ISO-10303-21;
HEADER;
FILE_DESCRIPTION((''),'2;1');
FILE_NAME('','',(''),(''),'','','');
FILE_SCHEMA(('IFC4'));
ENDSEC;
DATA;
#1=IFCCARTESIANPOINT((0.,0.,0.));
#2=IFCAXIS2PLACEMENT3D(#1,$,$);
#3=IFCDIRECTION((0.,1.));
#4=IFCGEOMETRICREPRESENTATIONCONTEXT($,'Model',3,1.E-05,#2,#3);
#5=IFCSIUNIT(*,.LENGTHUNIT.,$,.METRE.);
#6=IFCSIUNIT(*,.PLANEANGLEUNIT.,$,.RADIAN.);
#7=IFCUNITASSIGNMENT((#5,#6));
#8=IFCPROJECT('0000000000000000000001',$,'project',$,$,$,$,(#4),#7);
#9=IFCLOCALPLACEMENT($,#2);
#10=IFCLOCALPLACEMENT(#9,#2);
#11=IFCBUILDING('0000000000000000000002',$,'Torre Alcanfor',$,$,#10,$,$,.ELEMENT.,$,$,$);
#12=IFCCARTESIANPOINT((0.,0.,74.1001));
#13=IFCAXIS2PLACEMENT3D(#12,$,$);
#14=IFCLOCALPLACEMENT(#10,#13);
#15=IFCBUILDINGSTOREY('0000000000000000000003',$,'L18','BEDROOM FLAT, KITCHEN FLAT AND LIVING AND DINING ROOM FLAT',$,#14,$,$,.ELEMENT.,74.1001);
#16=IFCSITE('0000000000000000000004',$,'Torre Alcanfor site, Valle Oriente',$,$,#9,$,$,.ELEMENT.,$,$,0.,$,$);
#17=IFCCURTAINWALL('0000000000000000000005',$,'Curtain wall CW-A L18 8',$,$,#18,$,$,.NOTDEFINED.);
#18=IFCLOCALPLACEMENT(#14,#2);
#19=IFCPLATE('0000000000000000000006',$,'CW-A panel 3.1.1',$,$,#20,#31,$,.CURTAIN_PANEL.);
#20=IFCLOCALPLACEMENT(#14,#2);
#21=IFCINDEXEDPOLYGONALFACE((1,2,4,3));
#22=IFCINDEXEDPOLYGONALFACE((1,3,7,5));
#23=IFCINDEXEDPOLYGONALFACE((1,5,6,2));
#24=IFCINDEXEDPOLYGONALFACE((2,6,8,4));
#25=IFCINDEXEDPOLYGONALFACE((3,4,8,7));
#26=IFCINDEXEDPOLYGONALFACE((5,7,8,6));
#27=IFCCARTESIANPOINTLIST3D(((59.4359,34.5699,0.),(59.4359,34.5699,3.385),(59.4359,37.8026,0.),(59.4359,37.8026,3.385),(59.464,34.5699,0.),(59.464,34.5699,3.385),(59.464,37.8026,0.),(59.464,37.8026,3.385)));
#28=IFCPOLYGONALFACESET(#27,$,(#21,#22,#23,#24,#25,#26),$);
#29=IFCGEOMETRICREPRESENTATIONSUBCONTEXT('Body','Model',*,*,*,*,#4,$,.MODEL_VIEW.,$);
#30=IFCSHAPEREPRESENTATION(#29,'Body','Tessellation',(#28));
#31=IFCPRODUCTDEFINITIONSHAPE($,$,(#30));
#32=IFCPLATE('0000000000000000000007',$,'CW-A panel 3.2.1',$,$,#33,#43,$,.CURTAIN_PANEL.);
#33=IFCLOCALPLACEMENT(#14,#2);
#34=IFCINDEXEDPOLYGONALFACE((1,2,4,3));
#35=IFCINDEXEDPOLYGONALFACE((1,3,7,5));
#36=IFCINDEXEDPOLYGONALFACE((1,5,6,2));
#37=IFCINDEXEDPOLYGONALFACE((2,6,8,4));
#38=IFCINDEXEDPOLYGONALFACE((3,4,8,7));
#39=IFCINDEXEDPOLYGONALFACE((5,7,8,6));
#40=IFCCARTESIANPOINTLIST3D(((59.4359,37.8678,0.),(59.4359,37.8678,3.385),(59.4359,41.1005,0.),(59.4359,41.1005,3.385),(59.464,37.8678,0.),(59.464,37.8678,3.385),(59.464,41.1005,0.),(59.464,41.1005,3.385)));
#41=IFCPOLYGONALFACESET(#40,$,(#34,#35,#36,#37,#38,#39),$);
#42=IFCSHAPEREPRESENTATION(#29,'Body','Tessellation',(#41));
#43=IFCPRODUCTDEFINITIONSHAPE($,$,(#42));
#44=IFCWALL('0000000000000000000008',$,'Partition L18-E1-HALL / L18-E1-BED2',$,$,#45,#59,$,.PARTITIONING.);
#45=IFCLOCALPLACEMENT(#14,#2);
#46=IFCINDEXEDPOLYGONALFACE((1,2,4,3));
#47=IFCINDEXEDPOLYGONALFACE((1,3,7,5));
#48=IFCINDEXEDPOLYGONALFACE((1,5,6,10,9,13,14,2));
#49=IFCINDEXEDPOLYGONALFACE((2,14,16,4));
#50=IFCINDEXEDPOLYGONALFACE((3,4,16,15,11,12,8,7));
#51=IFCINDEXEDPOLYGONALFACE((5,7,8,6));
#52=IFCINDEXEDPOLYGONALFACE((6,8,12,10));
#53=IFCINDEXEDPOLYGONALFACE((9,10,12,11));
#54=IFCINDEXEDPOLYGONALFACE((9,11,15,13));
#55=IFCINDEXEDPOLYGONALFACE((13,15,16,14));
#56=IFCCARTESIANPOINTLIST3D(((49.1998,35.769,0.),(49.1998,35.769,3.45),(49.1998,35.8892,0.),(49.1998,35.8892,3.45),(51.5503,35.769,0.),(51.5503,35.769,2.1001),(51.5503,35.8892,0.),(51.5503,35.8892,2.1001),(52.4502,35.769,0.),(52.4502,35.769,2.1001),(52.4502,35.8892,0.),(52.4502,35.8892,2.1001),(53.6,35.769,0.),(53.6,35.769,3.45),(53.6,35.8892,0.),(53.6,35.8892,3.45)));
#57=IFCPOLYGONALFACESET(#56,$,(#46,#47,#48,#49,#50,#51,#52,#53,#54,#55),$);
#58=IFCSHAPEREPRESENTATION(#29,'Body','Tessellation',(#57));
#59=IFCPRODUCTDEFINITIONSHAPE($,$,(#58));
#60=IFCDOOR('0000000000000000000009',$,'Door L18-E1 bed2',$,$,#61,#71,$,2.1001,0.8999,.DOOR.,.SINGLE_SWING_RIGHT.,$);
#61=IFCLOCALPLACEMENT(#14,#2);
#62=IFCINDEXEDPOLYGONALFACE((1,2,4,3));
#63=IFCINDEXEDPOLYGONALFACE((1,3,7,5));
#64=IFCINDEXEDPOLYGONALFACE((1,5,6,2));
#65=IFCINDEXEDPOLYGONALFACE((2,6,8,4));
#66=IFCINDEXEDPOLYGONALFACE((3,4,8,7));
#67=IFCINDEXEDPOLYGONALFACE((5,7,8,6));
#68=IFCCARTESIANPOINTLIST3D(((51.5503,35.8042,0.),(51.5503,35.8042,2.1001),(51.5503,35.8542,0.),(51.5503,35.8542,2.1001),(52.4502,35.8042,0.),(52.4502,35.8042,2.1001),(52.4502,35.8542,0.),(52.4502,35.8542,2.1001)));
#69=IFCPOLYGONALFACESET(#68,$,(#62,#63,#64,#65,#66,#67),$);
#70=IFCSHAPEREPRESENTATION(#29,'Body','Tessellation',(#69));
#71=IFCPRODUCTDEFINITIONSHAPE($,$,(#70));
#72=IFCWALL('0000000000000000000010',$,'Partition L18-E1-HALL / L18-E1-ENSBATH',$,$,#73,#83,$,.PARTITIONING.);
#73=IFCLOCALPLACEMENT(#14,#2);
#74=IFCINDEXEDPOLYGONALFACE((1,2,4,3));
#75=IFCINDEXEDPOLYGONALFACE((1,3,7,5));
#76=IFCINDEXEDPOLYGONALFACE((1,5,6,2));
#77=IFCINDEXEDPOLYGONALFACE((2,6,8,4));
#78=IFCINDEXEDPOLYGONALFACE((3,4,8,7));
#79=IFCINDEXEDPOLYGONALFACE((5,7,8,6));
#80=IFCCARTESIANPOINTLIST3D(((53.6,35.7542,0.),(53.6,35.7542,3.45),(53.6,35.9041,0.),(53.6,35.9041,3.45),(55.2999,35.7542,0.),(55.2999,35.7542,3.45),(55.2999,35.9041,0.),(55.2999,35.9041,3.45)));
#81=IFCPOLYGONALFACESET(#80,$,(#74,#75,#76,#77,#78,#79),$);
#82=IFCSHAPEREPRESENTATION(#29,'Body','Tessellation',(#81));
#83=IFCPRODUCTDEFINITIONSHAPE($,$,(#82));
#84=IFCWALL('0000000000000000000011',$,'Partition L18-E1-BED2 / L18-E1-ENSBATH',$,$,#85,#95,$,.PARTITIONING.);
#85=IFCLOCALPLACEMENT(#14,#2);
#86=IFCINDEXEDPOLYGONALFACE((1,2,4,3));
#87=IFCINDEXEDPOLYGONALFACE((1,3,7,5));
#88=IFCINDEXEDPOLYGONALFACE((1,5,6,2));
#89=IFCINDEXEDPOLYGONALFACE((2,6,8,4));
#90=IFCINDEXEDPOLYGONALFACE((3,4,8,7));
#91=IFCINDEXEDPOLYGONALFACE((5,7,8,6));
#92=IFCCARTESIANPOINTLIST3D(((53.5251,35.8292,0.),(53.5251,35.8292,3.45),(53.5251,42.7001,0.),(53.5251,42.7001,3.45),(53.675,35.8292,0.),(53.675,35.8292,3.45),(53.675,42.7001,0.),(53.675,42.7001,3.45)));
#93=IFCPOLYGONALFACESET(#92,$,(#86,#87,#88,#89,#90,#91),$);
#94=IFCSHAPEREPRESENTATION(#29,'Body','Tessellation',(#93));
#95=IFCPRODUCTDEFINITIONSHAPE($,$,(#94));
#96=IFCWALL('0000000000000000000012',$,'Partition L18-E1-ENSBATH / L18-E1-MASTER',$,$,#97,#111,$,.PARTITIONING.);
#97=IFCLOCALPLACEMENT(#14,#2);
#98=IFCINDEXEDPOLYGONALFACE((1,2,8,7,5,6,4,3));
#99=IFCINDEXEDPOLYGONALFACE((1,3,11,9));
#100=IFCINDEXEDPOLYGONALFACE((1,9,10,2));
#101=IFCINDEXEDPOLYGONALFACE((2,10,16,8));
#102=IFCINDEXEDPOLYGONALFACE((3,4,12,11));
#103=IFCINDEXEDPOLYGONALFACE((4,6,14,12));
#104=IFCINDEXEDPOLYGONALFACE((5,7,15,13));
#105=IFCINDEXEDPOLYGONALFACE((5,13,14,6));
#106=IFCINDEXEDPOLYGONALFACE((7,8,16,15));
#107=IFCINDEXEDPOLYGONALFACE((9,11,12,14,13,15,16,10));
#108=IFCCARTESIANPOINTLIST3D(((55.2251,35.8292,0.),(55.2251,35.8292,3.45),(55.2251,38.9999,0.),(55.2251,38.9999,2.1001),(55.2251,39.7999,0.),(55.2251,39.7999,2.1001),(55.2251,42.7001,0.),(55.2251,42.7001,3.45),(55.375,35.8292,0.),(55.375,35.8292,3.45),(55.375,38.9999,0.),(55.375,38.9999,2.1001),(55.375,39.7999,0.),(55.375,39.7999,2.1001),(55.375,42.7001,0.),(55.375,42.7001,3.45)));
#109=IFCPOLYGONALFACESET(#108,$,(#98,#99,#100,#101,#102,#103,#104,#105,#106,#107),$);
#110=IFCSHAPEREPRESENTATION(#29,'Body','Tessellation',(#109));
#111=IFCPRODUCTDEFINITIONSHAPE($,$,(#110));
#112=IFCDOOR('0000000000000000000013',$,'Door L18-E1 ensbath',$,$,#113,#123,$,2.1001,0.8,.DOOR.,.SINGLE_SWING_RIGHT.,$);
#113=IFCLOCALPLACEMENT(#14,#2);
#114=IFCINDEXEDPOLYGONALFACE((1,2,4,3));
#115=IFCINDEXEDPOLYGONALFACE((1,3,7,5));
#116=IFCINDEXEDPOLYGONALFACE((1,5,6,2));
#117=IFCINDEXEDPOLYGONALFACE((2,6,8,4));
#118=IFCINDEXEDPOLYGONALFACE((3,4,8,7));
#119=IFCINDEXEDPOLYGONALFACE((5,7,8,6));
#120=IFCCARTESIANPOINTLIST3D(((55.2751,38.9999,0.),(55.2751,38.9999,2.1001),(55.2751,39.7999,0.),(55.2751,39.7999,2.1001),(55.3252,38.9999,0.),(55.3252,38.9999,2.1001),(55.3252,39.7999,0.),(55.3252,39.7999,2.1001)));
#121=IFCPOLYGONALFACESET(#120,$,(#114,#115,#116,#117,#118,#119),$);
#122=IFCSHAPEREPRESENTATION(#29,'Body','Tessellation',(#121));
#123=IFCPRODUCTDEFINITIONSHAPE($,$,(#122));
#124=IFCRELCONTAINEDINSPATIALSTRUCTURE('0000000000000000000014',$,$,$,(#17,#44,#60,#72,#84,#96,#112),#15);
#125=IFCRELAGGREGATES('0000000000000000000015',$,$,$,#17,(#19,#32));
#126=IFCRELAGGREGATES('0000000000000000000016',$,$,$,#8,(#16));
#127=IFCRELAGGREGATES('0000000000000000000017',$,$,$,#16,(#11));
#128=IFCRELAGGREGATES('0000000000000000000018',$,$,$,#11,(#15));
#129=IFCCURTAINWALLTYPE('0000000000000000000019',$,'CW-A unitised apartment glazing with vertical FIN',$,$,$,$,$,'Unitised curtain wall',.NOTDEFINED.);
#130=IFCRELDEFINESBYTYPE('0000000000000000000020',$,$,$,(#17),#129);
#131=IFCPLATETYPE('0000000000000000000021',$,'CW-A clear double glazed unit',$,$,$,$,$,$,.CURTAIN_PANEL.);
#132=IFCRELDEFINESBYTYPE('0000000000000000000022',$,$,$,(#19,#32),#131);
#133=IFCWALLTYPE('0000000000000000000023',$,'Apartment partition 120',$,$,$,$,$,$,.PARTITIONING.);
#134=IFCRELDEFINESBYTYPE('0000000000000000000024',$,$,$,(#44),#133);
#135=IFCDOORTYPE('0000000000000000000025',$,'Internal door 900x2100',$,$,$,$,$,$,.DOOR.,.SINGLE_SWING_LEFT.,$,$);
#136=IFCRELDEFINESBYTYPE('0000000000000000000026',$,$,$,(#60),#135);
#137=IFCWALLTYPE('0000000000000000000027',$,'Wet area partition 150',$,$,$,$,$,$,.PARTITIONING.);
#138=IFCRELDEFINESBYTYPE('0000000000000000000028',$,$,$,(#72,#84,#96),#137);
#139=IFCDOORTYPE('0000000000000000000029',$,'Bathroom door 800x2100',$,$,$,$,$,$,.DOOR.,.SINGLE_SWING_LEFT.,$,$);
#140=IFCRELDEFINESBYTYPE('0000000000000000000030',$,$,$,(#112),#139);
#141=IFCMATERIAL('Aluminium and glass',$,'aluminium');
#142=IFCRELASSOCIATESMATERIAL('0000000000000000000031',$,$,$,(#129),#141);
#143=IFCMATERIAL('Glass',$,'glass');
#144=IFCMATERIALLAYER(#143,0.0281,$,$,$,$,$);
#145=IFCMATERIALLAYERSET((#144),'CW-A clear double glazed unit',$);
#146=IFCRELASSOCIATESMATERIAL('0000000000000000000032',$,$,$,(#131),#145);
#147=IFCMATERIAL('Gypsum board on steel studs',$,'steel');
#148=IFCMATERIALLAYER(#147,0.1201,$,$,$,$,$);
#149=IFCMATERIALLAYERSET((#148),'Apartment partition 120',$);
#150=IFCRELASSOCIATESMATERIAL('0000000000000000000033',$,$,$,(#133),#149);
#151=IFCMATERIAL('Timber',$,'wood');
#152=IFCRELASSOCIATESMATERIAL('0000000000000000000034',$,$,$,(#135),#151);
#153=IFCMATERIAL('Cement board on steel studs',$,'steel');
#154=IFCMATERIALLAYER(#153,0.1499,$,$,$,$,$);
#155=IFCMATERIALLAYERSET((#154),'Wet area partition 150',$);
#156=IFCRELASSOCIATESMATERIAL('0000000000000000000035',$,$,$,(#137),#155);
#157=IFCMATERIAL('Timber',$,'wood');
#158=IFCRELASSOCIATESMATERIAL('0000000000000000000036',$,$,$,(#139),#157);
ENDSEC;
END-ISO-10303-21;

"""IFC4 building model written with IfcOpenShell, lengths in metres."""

from ifc_helpers import new_model, si_unit, direction, frame, frame_2d, origin, origin_2d, place, context, subcontext, project, spatial, rectangle, extrude, material, layer, layer_set, type_object, element, fill, aggregate, save


model = new_model("IFC4")

# Units and contexts
model_context = context("Model", 3, precision=1e-05, world=origin(), true_north=direction((0.0, 1.0)))
body_context = subcontext(model_context, "Body", "Model", "MODEL_VIEW")
ifc_project = project(units=[si_unit("LENGTHUNIT", "METRE"), si_unit("PLANEANGLEUNIT", "RADIAN")], contexts=[model_context])

# Site, building, storey
site_placement = place(None, origin())
site = spatial("IfcSite", under=ifc_project, at=site_placement, Name="Torre Alcanfor site, Valle Oriente", CompositionType="ELEMENT", RefElevation=0.0)
building_placement = place(site_placement, origin())
building = spatial("IfcBuilding", under=site, at=building_placement, Name="Torre Alcanfor", CompositionType="ELEMENT")
storey_placement = place(building_placement, frame((0.0, 0.0, 74.1001)))
storey = spatial("IfcBuildingStorey", under=building, at=storey_placement, Name="L18", Description="BEDROOM FLAT, KITCHEN FLAT AND LIVING AND DINING ROOM FLAT", CompositionType="ELEMENT", Elevation=74.1001)

# Curtain wall
ifc_material_1 = material(Name="Aluminium and glass", Category="aluminium")
curtain_wall_type = type_object("IfcCurtainWallType", Name="CW-A unitised apartment glazing with vertical FIN", ElementType="Unitised curtain wall", PredefinedType="NOTDEFINED", material=ifc_material_1)
curtain_wall_placement = place(storey_placement, origin())
curtain_wall = element("IfcCurtainWall", 1, at=curtain_wall_placement, inside=storey, type_object=curtain_wall_type, Name="Curtain wall CW-A L18 8", PredefinedType="NOTDEFINED")

# Plates
ifc_material_2 = material(Name="Glass", Category="glass")
ifc_layer_1 = layer(ifc_material_2, 0.0281)
ifc_layer_set_1 = layer_set([ifc_layer_1], Name="CW-A clear double glazed unit")
plate_type = type_object("IfcPlateType", Name="CW-A clear double glazed unit", PredefinedType="CURTAIN_PANEL", material=ifc_layer_set_1)
plate_1_placement = place(storey_placement, frame((59.45, 36.1863, 0.0), z_axis=(0.0, 0.0, 1.0), x_axis=(0.0, 1.0, 0.0)))
plate_1 = element("IfcPlate", 2, at=plate_1_placement, type_object=plate_type, Name="CW-A panel 3.1.1", PredefinedType="CURTAIN_PANEL", context=body_context, shape_type="SweptSolid", body=[
    extrude(rectangle(XDim=3.2327, YDim=0.0281, at=origin_2d()), origin(), (0.0, 0.0, 1.0), 3.385),
])
plate_2_placement = place(storey_placement, frame((59.45, 39.4841, 0.0), z_axis=(0.0, 0.0, 1.0), x_axis=(0.0, 1.0, 0.0)))
plate_2 = element("IfcPlate", 3, at=plate_2_placement, type_object=plate_type, Name="CW-A panel 3.2.1", PredefinedType="CURTAIN_PANEL", context=body_context, shape_type="SweptSolid", body=[
    extrude(rectangle(XDim=3.2327, YDim=0.0281, at=origin_2d()), origin(), (0.0, 0.0, 1.0), 3.385),
])
aggregate(curtain_wall, [plate_1, plate_2])

# Wall, opening, door
ifc_material_3 = material(Name="Gypsum board on steel studs", Category="steel")
ifc_layer_2 = layer(ifc_material_3, 0.1201)
ifc_layer_set_2 = layer_set([ifc_layer_2], Name="Apartment partition 120")
wall_type_1 = type_object("IfcWallType", Name="Apartment partition 120", PredefinedType="PARTITIONING", material=ifc_layer_set_2)
wall_1_placement = place(storey_placement, frame((53.6001, 35.8291, 0.0), z_axis=(0.0, 0.0, 1.0), x_axis=(-1.0, 0.0, 0.0)))
wall_1 = element("IfcWall", 4, at=wall_1_placement, inside=storey, type_object=wall_type_1, Name="Partition L18-E1-HALL / L18-E1-BED2", PredefinedType="PARTITIONING", context=body_context, shape_type="SweptSolid", body=[
    extrude(rectangle(XDim=4.4001, YDim=0.1201, at=frame_2d((2.2002, 0.0))), origin(), (0.0, 0.0, 1.0), 3.45),
])
opening_1_placement = place(wall_1_placement, frame((1.1499, 0.0, 0.0)))
opening_1 = element("IfcOpeningElement", 5, at=opening_1_placement, cuts=wall_1, PredefinedType="OPENING", context=body_context, shape_type="SweptSolid", body=[
    extrude(rectangle(XDim=0.8999, YDim=2.1001, at=frame_2d((0.45, 1.05))), frame((0.0, 0.0701, 0.0), z_axis=(0.0, -1.0, 0.0), x_axis=(1.0, 0.0, 0.0)), (0.0, 0.0, 1.0), 0.1401),
])
ifc_material_4 = material(Name="Timber", Category="wood")
door_type_1 = type_object("IfcDoorType", Name="Internal door 900x2100", OperationType="SINGLE_SWING_LEFT", PredefinedType="DOOR", material=ifc_material_4)
door_1_placement = place(opening_1_placement, frame((0.8999, 0.0, 0.0), z_axis=(0.0, 0.0, 1.0), x_axis=(-1.0, 0.0, 0.0)))
door_1 = element("IfcDoor", 6, at=door_1_placement, inside=storey, type_object=door_type_1, Name="Door L18-E1 bed2", OperationType="SINGLE_SWING_RIGHT", OverallHeight=2.1001, OverallWidth=0.8999, PredefinedType="DOOR", context=body_context, shape_type="SweptSolid", body=[
    extrude(rectangle(XDim=0.8999, YDim=2.1001, at=frame_2d((0.45, 1.05))), frame((0.0, 0.0251, 0.0), z_axis=(0.0, -1.0, 0.0), x_axis=(1.0, 0.0, 0.0)), (0.0, 0.0, 1.0), 0.05),
])
fill(opening_1, door_1)

# Walls
ifc_material_5 = material(Name="Cement board on steel studs", Category="steel")
ifc_layer_3 = layer(ifc_material_5, 0.1499)
ifc_layer_set_3 = layer_set([ifc_layer_3], Name="Wet area partition 150")
wall_type_2 = type_object("IfcWallType", Name="Wet area partition 150", PredefinedType="PARTITIONING", material=ifc_layer_set_3)
wall_2_placement = place(storey_placement, frame((55.3, 35.8291, 0.0), z_axis=(0.0, 0.0, 1.0), x_axis=(-1.0, 0.0, 0.0)))
element("IfcWall", 7, at=wall_2_placement, inside=storey, type_object=wall_type_2, Name="Partition L18-E1-HALL / L18-E1-ENSBATH", PredefinedType="PARTITIONING", context=body_context, shape_type="SweptSolid", body=[
    extrude(rectangle(XDim=1.7, YDim=0.1499, at=frame_2d((0.8501, 0.0))), origin(), (0.0, 0.0, 1.0), 3.45),
])
wall_3_placement = place(storey_placement, frame((53.6001, 35.8291, 0.0), z_axis=(0.0, 0.0, 1.0), x_axis=(0.0, 1.0, 0.0)))
element("IfcWall", 8, at=wall_3_placement, inside=storey, type_object=wall_type_2, Name="Partition L18-E1-BED2 / L18-E1-ENSBATH", PredefinedType="PARTITIONING", context=body_context, shape_type="SweptSolid", body=[
    extrude(rectangle(XDim=6.8708, YDim=0.1499, at=frame_2d((3.4355, 0.0))), origin(), (0.0, 0.0, 1.0), 3.45),
])

# Wall, opening, door
wall_4_placement = place(storey_placement, frame((55.3, 35.8291, 0.0), z_axis=(0.0, 0.0, 1.0), x_axis=(0.0, 1.0, 0.0)))
wall_4 = element("IfcWall", 9, at=wall_4_placement, inside=storey, type_object=wall_type_2, Name="Partition L18-E1-ENSBATH / L18-E1-MASTER", PredefinedType="PARTITIONING", context=body_context, shape_type="SweptSolid", body=[
    extrude(rectangle(XDim=6.8708, YDim=0.1499, at=frame_2d((3.4355, 0.0))), origin(), (0.0, 0.0, 1.0), 3.45),
])
opening_2_placement = place(wall_4_placement, frame((3.1709, 0.0, 0.0)))
opening_2 = element("IfcOpeningElement", 10, at=opening_2_placement, cuts=wall_4, PredefinedType="OPENING", context=body_context, shape_type="SweptSolid", body=[
    extrude(rectangle(XDim=0.8, YDim=2.1001, at=frame_2d((0.3999, 1.05))), frame((0.0, 0.085, 0.0), z_axis=(0.0, -1.0, 0.0), x_axis=(1.0, 0.0, 0.0)), (0.0, 0.0, 1.0), 0.1699),
])
ifc_material_6 = material(Name="Timber", Category="wood")
door_type_2 = type_object("IfcDoorType", Name="Bathroom door 800x2100", OperationType="SINGLE_SWING_LEFT", PredefinedType="DOOR", material=ifc_material_6)
door_2_placement = place(opening_2_placement, origin())
door_2 = element("IfcDoor", 11, at=door_2_placement, inside=storey, type_object=door_type_2, Name="Door L18-E1 ensbath", OperationType="SINGLE_SWING_RIGHT", OverallHeight=2.1001, OverallWidth=0.8, PredefinedType="DOOR", context=body_context, shape_type="SweptSolid", body=[
    extrude(rectangle(XDim=0.8, YDim=2.1001, at=frame_2d((0.3999, 1.05))), frame((0.0, 0.0249, 0.0), z_axis=(0.0, -1.0, 0.0), x_axis=(1.0, 0.0, 0.0)), (0.0, 0.0, 1.0), 0.05),
])
fill(opening_2, door_2)

save(model, "model.ifc")
